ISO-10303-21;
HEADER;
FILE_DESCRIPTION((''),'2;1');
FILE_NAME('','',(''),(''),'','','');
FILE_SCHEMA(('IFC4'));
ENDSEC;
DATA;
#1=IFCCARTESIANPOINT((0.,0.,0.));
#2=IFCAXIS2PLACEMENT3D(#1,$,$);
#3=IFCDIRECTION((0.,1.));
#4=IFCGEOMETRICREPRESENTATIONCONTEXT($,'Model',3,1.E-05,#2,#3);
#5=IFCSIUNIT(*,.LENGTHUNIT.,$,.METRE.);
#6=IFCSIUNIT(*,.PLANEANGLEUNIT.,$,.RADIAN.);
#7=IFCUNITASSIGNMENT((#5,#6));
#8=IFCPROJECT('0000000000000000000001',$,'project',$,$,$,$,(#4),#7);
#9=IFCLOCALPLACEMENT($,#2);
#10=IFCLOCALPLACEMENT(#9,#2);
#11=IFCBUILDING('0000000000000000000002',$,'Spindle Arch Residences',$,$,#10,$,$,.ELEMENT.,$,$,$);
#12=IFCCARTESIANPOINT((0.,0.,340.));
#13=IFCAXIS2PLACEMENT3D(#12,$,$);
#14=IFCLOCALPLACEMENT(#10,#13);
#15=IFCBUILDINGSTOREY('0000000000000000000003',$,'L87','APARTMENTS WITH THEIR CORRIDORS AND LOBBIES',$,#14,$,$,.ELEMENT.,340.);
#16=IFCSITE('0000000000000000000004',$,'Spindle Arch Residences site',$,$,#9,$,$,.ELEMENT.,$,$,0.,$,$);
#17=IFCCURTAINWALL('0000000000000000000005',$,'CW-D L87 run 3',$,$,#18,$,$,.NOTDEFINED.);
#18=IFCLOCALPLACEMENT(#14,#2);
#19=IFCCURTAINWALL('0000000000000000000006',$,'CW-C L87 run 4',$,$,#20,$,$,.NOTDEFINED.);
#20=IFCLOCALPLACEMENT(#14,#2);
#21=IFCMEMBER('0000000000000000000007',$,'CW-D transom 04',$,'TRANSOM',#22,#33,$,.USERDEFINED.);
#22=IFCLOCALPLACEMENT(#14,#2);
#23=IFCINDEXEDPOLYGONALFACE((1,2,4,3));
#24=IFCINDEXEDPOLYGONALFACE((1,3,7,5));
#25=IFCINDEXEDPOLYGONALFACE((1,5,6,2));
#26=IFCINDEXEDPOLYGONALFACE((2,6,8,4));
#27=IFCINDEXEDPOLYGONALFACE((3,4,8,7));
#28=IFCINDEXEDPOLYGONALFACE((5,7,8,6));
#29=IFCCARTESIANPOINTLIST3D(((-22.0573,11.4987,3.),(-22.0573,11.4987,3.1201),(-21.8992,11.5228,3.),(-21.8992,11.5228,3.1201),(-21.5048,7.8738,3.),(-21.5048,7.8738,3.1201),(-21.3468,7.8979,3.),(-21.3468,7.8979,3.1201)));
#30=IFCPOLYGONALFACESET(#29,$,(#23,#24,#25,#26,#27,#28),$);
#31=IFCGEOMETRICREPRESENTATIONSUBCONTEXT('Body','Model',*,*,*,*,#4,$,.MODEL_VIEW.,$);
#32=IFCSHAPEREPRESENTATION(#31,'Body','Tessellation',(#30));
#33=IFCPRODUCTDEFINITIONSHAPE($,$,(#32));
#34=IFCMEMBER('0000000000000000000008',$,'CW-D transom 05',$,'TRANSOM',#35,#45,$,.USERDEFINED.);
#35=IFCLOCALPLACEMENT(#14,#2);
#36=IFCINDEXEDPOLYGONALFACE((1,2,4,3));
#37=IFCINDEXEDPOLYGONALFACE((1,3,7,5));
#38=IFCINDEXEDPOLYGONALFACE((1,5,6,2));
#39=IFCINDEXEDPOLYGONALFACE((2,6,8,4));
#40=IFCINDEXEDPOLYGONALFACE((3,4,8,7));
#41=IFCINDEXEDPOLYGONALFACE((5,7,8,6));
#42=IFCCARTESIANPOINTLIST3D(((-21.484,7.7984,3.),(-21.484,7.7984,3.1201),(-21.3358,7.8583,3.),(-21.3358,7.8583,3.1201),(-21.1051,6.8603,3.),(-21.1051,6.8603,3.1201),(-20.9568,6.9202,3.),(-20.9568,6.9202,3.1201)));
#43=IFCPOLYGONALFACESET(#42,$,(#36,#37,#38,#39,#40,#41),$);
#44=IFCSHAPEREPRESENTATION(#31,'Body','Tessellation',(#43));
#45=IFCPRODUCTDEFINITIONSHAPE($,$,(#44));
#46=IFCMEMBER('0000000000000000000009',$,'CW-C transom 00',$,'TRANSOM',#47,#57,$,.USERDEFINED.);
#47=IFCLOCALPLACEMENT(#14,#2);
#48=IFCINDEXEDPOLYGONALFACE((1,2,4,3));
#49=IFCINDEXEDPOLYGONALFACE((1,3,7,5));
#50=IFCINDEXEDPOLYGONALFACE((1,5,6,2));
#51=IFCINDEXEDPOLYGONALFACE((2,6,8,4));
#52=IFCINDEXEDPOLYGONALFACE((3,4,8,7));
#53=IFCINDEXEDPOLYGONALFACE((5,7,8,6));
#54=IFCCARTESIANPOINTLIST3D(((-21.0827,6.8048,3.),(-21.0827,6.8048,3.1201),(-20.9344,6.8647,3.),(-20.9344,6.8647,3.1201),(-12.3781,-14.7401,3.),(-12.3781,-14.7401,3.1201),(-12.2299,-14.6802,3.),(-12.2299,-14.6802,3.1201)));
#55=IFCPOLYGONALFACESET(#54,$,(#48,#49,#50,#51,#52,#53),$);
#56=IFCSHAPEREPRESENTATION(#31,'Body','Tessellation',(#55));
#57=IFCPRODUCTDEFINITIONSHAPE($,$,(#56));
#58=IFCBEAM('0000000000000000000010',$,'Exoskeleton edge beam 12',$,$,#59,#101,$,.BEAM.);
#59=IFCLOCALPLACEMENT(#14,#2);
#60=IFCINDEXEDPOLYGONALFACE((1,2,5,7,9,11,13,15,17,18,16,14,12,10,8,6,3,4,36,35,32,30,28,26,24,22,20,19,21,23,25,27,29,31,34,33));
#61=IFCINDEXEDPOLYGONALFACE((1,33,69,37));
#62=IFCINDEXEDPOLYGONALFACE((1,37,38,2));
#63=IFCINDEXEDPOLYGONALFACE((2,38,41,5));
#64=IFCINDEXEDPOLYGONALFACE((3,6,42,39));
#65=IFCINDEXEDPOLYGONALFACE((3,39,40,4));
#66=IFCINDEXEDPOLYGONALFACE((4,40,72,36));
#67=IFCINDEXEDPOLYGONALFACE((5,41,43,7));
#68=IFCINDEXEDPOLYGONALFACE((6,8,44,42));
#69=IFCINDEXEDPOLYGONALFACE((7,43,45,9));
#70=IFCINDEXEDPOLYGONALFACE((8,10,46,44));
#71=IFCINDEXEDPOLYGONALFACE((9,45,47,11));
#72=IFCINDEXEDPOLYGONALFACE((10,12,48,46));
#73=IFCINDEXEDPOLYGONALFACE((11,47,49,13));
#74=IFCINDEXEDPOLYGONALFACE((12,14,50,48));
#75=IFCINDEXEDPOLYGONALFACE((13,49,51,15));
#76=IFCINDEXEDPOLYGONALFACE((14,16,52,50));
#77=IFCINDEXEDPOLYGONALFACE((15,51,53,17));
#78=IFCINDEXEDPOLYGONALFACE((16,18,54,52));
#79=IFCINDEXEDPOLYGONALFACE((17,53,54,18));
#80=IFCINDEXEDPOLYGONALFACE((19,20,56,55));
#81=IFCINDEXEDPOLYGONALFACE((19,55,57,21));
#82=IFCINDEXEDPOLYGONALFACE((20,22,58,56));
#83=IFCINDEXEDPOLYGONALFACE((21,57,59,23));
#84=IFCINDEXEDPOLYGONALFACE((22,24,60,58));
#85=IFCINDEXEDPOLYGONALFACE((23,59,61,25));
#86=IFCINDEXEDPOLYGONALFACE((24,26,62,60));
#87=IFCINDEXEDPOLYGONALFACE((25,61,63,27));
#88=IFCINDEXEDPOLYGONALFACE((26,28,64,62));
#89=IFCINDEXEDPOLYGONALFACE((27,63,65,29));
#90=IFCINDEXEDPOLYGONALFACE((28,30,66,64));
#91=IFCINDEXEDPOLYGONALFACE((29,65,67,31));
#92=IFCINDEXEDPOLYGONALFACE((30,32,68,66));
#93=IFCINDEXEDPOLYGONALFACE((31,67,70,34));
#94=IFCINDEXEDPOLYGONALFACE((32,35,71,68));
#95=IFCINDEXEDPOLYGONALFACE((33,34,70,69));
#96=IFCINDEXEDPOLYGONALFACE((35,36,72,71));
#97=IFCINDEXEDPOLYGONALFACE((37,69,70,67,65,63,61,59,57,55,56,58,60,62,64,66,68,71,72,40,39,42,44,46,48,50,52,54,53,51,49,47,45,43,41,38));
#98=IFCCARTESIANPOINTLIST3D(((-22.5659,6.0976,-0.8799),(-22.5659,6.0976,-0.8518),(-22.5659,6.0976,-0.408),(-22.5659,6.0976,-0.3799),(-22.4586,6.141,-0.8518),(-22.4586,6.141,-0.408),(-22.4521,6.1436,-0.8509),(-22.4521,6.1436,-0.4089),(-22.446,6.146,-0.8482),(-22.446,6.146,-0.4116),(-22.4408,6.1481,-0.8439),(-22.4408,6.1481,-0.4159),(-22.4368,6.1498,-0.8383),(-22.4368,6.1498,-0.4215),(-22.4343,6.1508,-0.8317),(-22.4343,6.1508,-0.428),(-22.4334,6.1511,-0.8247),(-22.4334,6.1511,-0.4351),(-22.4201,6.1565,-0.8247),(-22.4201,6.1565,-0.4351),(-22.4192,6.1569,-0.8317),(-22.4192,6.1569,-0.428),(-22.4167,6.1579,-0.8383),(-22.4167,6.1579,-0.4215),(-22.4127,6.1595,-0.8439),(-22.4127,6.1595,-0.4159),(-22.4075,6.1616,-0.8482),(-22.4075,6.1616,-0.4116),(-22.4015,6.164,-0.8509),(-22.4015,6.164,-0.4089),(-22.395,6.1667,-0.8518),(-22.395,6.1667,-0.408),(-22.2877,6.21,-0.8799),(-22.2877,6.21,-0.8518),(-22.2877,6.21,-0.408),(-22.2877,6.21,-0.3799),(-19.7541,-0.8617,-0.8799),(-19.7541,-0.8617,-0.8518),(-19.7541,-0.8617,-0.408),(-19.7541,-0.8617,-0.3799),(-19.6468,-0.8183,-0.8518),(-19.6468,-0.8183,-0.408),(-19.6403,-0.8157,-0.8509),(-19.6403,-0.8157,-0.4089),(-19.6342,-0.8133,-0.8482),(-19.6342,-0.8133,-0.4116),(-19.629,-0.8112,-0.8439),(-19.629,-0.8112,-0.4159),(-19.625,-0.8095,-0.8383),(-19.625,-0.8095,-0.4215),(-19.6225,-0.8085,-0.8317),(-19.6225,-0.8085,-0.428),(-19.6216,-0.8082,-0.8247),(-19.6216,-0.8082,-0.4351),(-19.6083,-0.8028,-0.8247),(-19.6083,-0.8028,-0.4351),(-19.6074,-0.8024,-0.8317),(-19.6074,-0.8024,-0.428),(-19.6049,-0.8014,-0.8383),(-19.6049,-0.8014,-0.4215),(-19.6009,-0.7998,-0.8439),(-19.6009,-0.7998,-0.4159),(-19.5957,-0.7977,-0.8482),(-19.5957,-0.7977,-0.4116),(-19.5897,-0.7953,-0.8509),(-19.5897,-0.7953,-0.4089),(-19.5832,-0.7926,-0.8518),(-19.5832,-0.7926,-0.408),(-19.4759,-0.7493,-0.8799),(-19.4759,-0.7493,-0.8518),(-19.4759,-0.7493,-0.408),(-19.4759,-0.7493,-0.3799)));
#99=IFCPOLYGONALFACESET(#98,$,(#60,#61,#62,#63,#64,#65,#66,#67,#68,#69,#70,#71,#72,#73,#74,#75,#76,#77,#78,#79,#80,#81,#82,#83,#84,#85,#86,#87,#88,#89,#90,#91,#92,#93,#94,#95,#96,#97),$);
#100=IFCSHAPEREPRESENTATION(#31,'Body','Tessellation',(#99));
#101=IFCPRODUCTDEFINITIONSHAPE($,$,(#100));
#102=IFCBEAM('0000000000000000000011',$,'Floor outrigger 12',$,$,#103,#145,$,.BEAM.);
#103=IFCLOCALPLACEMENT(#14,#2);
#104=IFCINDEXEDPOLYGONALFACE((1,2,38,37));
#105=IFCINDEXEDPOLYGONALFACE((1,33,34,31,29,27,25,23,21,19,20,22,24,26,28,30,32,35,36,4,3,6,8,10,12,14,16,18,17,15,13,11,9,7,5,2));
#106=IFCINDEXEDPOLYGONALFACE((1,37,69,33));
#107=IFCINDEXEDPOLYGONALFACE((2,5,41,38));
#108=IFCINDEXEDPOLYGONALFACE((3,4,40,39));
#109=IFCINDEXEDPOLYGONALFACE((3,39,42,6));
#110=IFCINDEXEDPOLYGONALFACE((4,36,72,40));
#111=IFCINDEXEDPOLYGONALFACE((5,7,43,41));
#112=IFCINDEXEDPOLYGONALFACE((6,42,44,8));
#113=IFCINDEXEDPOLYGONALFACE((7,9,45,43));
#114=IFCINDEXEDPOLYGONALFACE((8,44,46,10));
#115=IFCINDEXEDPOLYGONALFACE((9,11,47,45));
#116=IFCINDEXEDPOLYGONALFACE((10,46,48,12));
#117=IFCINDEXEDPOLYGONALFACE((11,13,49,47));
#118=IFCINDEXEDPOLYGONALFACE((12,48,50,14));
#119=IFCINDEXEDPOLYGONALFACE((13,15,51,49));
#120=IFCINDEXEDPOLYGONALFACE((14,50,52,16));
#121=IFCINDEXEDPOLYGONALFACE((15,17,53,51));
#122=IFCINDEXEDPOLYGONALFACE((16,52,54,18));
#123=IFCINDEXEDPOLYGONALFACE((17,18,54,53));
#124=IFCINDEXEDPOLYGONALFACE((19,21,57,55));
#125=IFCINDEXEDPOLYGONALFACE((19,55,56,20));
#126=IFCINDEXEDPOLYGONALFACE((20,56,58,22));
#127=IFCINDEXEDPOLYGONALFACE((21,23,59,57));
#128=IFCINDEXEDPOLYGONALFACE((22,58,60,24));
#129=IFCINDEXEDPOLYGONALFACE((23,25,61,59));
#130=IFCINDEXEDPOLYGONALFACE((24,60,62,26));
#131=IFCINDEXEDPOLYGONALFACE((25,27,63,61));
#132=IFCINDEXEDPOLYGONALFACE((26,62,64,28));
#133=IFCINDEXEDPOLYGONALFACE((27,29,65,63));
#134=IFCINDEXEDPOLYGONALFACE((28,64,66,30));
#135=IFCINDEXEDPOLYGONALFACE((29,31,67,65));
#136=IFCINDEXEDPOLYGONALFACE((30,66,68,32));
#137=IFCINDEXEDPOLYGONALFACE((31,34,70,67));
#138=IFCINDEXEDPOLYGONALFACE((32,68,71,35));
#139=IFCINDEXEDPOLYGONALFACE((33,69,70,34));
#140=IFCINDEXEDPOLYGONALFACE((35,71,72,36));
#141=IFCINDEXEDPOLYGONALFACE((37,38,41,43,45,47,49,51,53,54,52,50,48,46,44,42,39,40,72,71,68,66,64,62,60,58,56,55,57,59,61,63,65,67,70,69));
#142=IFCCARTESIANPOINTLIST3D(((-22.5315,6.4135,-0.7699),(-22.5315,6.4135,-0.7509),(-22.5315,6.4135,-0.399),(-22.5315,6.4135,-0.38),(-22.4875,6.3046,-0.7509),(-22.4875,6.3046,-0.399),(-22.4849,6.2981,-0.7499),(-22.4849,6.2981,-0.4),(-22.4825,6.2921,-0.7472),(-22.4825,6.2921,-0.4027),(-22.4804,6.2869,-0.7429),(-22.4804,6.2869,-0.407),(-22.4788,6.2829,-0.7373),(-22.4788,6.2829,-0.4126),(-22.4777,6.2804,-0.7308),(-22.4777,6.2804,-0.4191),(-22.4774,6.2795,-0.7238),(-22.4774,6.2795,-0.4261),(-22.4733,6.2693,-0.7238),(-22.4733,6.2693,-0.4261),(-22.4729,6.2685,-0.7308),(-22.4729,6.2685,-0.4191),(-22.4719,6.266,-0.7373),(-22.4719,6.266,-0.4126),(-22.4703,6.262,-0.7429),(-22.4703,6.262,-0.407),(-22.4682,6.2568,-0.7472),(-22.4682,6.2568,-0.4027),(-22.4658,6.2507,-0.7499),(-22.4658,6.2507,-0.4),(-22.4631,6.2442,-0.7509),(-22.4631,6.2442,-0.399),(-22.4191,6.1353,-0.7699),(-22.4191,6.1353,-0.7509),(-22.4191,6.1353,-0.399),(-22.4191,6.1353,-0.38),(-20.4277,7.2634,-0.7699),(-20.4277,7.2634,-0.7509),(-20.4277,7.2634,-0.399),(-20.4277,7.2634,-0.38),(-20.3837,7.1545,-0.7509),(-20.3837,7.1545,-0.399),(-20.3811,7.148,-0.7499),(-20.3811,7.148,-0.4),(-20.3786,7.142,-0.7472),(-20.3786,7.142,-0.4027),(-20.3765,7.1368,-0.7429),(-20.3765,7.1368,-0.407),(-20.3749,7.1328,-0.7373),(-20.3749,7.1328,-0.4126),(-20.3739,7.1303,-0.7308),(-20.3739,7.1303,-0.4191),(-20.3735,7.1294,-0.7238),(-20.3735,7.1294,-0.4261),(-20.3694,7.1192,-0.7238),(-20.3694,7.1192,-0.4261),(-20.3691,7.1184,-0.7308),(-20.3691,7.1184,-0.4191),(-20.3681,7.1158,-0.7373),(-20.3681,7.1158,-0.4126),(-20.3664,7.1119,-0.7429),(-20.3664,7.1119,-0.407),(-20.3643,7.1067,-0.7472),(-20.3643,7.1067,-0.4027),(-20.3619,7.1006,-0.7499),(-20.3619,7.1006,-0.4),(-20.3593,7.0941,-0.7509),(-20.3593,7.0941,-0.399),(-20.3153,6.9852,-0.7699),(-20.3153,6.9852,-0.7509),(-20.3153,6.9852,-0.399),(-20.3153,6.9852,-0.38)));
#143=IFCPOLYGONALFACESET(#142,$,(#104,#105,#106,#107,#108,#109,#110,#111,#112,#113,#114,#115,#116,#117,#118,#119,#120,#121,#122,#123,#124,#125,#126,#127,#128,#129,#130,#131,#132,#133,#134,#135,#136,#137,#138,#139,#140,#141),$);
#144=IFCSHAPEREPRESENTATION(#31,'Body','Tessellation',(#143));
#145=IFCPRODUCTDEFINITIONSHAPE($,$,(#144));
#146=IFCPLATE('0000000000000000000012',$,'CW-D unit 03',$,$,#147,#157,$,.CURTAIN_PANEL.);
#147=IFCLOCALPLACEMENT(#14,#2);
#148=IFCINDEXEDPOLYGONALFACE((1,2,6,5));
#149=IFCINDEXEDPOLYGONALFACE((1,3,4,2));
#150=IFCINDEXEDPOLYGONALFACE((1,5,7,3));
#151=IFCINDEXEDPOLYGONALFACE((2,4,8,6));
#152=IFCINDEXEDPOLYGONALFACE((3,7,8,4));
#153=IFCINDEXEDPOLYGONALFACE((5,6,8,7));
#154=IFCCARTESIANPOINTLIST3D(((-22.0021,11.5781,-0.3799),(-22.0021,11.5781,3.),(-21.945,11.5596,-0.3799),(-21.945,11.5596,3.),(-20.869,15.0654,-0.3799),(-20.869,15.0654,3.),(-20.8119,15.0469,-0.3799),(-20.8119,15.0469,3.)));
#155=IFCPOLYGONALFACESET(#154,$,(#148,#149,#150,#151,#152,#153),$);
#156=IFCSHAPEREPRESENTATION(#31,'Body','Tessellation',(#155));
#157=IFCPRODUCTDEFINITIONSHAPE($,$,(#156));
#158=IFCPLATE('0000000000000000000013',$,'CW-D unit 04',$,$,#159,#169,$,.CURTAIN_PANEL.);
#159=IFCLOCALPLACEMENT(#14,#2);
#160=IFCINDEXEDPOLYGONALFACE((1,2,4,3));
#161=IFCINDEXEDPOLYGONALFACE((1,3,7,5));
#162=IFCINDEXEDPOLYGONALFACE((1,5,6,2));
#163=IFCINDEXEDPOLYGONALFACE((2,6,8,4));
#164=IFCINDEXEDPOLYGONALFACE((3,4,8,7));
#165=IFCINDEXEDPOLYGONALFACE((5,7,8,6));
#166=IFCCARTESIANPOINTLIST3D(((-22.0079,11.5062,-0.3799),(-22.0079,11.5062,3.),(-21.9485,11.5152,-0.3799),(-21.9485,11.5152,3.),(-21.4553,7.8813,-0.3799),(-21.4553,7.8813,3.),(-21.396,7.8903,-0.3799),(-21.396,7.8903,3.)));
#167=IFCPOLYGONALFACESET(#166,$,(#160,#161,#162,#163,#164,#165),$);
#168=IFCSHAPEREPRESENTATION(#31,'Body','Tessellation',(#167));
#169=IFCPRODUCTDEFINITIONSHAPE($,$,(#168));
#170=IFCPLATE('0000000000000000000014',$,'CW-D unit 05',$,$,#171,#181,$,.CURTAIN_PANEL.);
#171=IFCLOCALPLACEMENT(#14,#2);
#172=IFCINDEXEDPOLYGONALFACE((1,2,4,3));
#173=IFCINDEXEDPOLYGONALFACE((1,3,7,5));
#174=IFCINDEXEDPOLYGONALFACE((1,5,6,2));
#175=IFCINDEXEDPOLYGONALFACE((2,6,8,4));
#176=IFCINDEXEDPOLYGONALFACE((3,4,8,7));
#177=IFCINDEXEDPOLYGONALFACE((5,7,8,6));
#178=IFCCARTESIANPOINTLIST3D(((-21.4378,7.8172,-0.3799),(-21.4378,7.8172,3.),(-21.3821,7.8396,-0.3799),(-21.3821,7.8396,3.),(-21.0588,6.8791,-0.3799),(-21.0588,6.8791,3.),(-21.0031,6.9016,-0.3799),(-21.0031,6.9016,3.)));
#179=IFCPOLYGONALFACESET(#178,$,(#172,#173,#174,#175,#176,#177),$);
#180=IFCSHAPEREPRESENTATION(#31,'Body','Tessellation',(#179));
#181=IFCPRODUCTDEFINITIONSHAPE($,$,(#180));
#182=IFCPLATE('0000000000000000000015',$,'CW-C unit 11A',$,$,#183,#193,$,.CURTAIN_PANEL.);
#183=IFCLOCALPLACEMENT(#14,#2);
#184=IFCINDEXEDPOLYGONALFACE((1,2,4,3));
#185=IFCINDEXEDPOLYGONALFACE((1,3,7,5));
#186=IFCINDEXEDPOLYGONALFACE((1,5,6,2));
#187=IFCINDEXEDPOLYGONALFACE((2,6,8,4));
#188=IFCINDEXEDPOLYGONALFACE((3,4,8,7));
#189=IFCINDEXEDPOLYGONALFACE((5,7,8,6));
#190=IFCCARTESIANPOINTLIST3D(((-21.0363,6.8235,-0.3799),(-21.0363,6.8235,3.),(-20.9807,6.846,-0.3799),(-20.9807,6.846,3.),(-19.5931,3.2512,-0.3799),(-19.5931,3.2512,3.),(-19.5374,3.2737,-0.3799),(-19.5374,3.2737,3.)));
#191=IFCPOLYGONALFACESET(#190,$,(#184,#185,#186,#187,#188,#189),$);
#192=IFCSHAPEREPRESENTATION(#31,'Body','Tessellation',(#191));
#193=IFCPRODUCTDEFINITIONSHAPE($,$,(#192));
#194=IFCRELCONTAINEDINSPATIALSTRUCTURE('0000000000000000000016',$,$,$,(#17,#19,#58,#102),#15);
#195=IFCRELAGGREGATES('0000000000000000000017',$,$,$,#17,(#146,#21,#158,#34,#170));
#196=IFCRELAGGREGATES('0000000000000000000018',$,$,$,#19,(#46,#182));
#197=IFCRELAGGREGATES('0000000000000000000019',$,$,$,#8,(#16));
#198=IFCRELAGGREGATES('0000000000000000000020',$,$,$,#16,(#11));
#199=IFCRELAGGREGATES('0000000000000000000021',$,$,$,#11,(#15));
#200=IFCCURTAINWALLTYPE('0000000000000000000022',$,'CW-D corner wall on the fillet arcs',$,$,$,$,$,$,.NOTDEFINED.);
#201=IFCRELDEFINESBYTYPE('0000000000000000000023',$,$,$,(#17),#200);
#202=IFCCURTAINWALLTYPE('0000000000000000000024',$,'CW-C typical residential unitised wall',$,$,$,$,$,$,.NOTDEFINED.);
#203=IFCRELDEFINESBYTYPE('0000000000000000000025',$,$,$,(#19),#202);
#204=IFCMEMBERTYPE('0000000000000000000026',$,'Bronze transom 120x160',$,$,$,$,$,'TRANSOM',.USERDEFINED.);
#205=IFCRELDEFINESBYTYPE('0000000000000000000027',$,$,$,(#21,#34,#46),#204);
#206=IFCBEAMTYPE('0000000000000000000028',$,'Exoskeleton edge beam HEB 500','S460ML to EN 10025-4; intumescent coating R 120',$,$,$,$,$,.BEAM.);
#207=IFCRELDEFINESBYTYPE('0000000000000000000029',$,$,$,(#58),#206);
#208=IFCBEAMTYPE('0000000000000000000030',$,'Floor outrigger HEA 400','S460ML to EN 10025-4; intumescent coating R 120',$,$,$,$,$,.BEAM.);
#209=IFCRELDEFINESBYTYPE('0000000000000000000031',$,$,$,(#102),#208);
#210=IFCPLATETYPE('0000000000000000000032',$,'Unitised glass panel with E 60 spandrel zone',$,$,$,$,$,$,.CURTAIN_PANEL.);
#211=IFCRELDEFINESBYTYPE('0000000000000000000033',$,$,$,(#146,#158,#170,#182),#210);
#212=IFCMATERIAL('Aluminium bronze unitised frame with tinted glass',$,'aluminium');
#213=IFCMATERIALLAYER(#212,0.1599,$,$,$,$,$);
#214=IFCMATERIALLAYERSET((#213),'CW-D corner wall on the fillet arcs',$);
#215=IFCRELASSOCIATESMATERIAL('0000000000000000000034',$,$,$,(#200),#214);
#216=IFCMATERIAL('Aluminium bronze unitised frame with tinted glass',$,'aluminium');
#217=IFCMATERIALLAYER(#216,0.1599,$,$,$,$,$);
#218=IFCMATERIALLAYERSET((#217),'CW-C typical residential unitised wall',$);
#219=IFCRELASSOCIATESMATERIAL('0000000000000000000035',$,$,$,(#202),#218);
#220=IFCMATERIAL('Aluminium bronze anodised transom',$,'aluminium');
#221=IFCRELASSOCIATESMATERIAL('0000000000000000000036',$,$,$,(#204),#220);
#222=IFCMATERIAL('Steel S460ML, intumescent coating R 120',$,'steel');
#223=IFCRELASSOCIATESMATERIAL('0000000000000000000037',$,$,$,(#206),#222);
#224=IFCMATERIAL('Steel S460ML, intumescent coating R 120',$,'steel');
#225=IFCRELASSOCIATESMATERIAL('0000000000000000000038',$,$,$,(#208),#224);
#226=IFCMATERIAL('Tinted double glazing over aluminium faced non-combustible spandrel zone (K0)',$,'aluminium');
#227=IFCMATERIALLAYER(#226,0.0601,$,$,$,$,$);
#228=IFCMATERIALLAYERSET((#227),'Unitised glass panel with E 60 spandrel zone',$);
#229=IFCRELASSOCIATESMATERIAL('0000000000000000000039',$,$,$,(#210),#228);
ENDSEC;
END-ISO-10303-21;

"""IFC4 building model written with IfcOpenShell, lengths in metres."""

from ifc_helpers import new_model, si_unit, direction, frame, origin, origin_2d, place, context, subcontext, project, spatial, rectangle, i_section, extrude, material, layer, layer_set, material_profile, profile_set, type_object, element, aggregate, save


model = new_model("IFC4")

# Units and contexts
model_context = context("Model", 3, precision=1e-05, world=origin(), true_north=direction((0.0, 1.0)))
body_context = subcontext(model_context, "Body", "Model", "MODEL_VIEW")
ifc_project = project(units=[si_unit("LENGTHUNIT", "METRE"), si_unit("PLANEANGLEUNIT", "RADIAN")], contexts=[model_context])

# Site, building, storey
site_placement = place(None, origin())
site = spatial("IfcSite", under=ifc_project, at=site_placement, Name="Spindle Arch Residences site", CompositionType="ELEMENT", RefElevation=0.0)
building_placement = place(site_placement, origin())
building = spatial("IfcBuilding", under=site, at=building_placement, Name="Spindle Arch Residences", CompositionType="ELEMENT")
storey_placement = place(building_placement, frame((0.0, 0.0, 340.0)))
storey = spatial("IfcBuildingStorey", under=building, at=storey_placement, Name="L87", Description="APARTMENTS WITH THEIR CORRIDORS AND LOBBIES", CompositionType="ELEMENT", Elevation=340.0)

# Curtain wall
ifc_material_1 = material(Name="Aluminium bronze unitised frame with tinted glass", Category="aluminium")
ifc_layer_1 = layer(ifc_material_1, 0.1599)
ifc_layer_set_1 = layer_set([ifc_layer_1], Name="CW-D corner wall on the fillet arcs")
curtain_wall_type_1 = type_object("IfcCurtainWallType", Name="CW-D corner wall on the fillet arcs", PredefinedType="NOTDEFINED", material=ifc_layer_set_1)
curtain_wall_1_placement = place(storey_placement, origin())
curtain_wall_1 = element("IfcCurtainWall", 1, at=curtain_wall_1_placement, inside=storey, type_object=curtain_wall_type_1, Name="CW-D L87 run 3", PredefinedType="NOTDEFINED")

# Curtain wall
ifc_material_2 = material(Name="Aluminium bronze unitised frame with tinted glass", Category="aluminium")
ifc_layer_2 = layer(ifc_material_2, 0.1599)
ifc_layer_set_2 = layer_set([ifc_layer_2], Name="CW-C typical residential unitised wall")
curtain_wall_type_2 = type_object("IfcCurtainWallType", Name="CW-C typical residential unitised wall", PredefinedType="NOTDEFINED", material=ifc_layer_set_2)
curtain_wall_2_placement = place(storey_placement, origin())
curtain_wall_2 = element("IfcCurtainWall", 2, at=curtain_wall_2_placement, inside=storey, type_object=curtain_wall_type_2, Name="CW-C L87 run 4", PredefinedType="NOTDEFINED")

# Members
ifc_material_3 = material(Name="Aluminium bronze anodised transom", Category="aluminium")
ifc_material_profile_1 = material_profile(ifc_material_3, rectangle(XDim=0.1599, YDim=0.1201, at=origin_2d()), Name="TR 120x160")
ifc_profile_set_1 = profile_set([ifc_material_profile_1], Name="Aluminium bronze anodised transom")
member_type_1 = type_object("IfcMemberType", Name="Bronze transom 120x160", ElementType="TRANSOM", PredefinedType="USERDEFINED", material=ifc_profile_set_1)
member_1_placement = place(storey_placement, frame((-21.9783, 11.5107, 3.0601), z_axis=(0.150671, -0.988584, 0.0), x_axis=(0.988584, 0.150671, 0.0)))
member_1 = element("IfcMember", 3, at=member_1_placement, type_object=member_type_1, Name="CW-D transom 04", ObjectType="TRANSOM", PredefinedType="USERDEFINED", context=body_context, shape_type="SweptSolid", body=[
    extrude(rectangle(XDim=0.1599, YDim=0.1201, at=origin_2d()), origin(), (0.0, 0.0, 1.0), 3.6667),
])
member_2_placement = place(storey_placement, frame((-21.4099, 7.8284, 3.0601), z_axis=(0.374551, -0.927206, 0.0), x_axis=(0.927206, 0.374551, 0.0)))
member_2 = element("IfcMember", 4, at=member_2_placement, type_object=member_type_1, Name="CW-D transom 05", ObjectType="TRANSOM", PredefinedType="USERDEFINED", context=body_context, shape_type="SweptSolid", body=[
    extrude(rectangle(XDim=0.1599, YDim=0.1201, at=origin_2d()), origin(), (0.0, 0.0, 1.0), 1.0117),
])
member_3_placement = place(storey_placement, frame((-21.0085, 6.8347, 3.0601), z_axis=(0.374602, -0.927186, 0.0), x_axis=(0.927186, 0.374602, 0.0)))
member_3 = element("IfcMember", 5, at=member_3_placement, type_object=member_type_1, Name="CW-C transom 00", ObjectType="TRANSOM", PredefinedType="USERDEFINED", context=body_context, shape_type="SweptSolid", body=[
    extrude(rectangle(XDim=0.1599, YDim=0.1201, at=origin_2d()), origin(), (0.0, 0.0, 1.0), 23.2368),
])

# Beams
ifc_material_4 = material(Name="Steel S460ML, intumescent coating R 120", Category="steel")
ifc_material_profile_2 = material_profile(ifc_material_4, i_section(OverallWidth=0.3, OverallDepth=0.5, WebThickness=0.0144, FlangeThickness=0.0281, FilletRadius=0.0271, at=origin_2d()), Name="HEB 500")
ifc_profile_set_2 = profile_set([ifc_material_profile_2], Name="Steel S460ML, intumescent coating R 120")
beam_type_1 = type_object("IfcBeamType", Name="Exoskeleton edge beam HEB 500", Description="S460ML to EN 10025-4; intumescent coating R 120", PredefinedType="BEAM", material=ifc_profile_set_2)
beam_1_placement = place(storey_placement, frame((-22.4268, 6.1538, -0.6299), z_axis=(0.374613, -0.927181, 0.0), x_axis=(0.927181, 0.374613, 0.0)))
element("IfcBeam", 6, at=beam_1_placement, inside=storey, type_object=beam_type_1, Name="Exoskeleton edge beam 12", PredefinedType="BEAM", context=body_context, shape_type="SweptSolid", body=[
    extrude(i_section(OverallWidth=0.3, OverallDepth=0.5, WebThickness=0.0144, FlangeThickness=0.0281, FilletRadius=0.0271, at=origin_2d()), origin(), (0.0, 0.0, 1.0), 7.5059),
])
ifc_material_5 = material(Name="Steel S460ML, intumescent coating R 120", Category="steel")
ifc_material_profile_3 = material_profile(ifc_material_5, i_section(OverallWidth=0.3, OverallDepth=0.3899, WebThickness=0.011, FlangeThickness=0.019, FilletRadius=0.0271, at=origin_2d()), Name="HEA 400")
ifc_profile_set_3 = profile_set([ifc_material_profile_3], Name="Steel S460ML, intumescent coating R 120")
beam_type_2 = type_object("IfcBeamType", Name="Floor outrigger HEA 400", Description="S460ML to EN 10025-4; intumescent coating R 120", PredefinedType="BEAM", material=ifc_profile_set_3)
beam_2_placement = place(storey_placement, frame((-22.4753, 6.2744, -0.575), z_axis=(0.927202, 0.374561, 0.0), x_axis=(-0.374561, 0.927202, 0.0)))
element("IfcBeam", 7, at=beam_2_placement, inside=storey, type_object=beam_type_2, Name="Floor outrigger 12", PredefinedType="BEAM", context=body_context, shape_type="SweptSolid", body=[
    extrude(i_section(OverallWidth=0.3, OverallDepth=0.3899, WebThickness=0.011, FlangeThickness=0.019, FilletRadius=0.0271, at=origin_2d()), origin(), (0.0, 0.0, 1.0), 2.269),
])

# Plates
ifc_material_6 = material(Name="Tinted double glazing over aluminium faced non-combustible spandrel zone (K0)", Category="aluminium")
ifc_layer_3 = layer(ifc_material_6, 0.0601)
ifc_layer_set_3 = layer_set([ifc_layer_3], Name="Unitised glass panel with E 60 spandrel zone")
plate_type = type_object("IfcPlateType", Name="Unitised glass panel with E 60 spandrel zone", PredefinedType="CURTAIN_PANEL", material=ifc_layer_set_3)
plate_1_placement = place(storey_placement, frame((-21.407, 13.3125, -0.3799), z_axis=(0.0, 0.0, 1.0), x_axis=(-0.309017, -0.951057, 0.0)))
plate_1 = element("IfcPlate", 8, at=plate_1_placement, type_object=plate_type, Name="CW-D unit 03", PredefinedType="CURTAIN_PANEL", context=body_context, shape_type="SweptSolid", body=[
    extrude(rectangle(XDim=3.6667, YDim=0.0601, at=origin_2d()), origin(), (0.0, 0.0, 1.0), 3.3799),
])
plate_2_placement = place(storey_placement, frame((-21.7019, 9.6982, -0.3799), z_axis=(0.0, 0.0, 1.0), x_axis=(0.150686, -0.988582, 0.0)))
plate_2 = element("IfcPlate", 9, at=plate_2_placement, type_object=plate_type, Name="CW-D unit 04", PredefinedType="CURTAIN_PANEL", context=body_context, shape_type="SweptSolid", body=[
    extrude(rectangle(XDim=3.6667, YDim=0.0601, at=origin_2d()), origin(), (0.0, 0.0, 1.0), 3.3799),
])
plate_3_placement = place(storey_placement, frame((-21.2205, 7.3594, -0.3799), z_axis=(0.0, 0.0, 1.0), x_axis=(0.374607, -0.927184, 0.0)))
plate_3 = element("IfcPlate", 10, at=plate_3_placement, type_object=plate_type, Name="CW-D unit 05", PredefinedType="CURTAIN_PANEL", context=body_context, shape_type="SweptSolid", body=[
    extrude(rectangle(XDim=1.0117, YDim=0.0601, at=origin_2d()), origin(), (0.0, 0.0, 1.0), 3.3799),
])
aggregate(curtain_wall_1, [plate_1, member_1, plate_2, member_2, plate_3])
plate_4_placement = place(storey_placement, frame((-20.2869, 5.0486, -0.3799), z_axis=(0.0, 0.0, 1.0), x_axis=(0.374607, -0.927184, 0.0)))
plate_4 = element("IfcPlate", 11, at=plate_4_placement, type_object=plate_type, Name="CW-C unit 11A", PredefinedType="CURTAIN_PANEL", context=body_context, shape_type="SweptSolid", body=[
    extrude(rectangle(XDim=3.8528, YDim=0.0601, at=origin_2d()), origin(), (0.0, 0.0, 1.0), 3.3799),
])
aggregate(curtain_wall_2, [member_3, plate_4])

save(model, "model.ifc")
